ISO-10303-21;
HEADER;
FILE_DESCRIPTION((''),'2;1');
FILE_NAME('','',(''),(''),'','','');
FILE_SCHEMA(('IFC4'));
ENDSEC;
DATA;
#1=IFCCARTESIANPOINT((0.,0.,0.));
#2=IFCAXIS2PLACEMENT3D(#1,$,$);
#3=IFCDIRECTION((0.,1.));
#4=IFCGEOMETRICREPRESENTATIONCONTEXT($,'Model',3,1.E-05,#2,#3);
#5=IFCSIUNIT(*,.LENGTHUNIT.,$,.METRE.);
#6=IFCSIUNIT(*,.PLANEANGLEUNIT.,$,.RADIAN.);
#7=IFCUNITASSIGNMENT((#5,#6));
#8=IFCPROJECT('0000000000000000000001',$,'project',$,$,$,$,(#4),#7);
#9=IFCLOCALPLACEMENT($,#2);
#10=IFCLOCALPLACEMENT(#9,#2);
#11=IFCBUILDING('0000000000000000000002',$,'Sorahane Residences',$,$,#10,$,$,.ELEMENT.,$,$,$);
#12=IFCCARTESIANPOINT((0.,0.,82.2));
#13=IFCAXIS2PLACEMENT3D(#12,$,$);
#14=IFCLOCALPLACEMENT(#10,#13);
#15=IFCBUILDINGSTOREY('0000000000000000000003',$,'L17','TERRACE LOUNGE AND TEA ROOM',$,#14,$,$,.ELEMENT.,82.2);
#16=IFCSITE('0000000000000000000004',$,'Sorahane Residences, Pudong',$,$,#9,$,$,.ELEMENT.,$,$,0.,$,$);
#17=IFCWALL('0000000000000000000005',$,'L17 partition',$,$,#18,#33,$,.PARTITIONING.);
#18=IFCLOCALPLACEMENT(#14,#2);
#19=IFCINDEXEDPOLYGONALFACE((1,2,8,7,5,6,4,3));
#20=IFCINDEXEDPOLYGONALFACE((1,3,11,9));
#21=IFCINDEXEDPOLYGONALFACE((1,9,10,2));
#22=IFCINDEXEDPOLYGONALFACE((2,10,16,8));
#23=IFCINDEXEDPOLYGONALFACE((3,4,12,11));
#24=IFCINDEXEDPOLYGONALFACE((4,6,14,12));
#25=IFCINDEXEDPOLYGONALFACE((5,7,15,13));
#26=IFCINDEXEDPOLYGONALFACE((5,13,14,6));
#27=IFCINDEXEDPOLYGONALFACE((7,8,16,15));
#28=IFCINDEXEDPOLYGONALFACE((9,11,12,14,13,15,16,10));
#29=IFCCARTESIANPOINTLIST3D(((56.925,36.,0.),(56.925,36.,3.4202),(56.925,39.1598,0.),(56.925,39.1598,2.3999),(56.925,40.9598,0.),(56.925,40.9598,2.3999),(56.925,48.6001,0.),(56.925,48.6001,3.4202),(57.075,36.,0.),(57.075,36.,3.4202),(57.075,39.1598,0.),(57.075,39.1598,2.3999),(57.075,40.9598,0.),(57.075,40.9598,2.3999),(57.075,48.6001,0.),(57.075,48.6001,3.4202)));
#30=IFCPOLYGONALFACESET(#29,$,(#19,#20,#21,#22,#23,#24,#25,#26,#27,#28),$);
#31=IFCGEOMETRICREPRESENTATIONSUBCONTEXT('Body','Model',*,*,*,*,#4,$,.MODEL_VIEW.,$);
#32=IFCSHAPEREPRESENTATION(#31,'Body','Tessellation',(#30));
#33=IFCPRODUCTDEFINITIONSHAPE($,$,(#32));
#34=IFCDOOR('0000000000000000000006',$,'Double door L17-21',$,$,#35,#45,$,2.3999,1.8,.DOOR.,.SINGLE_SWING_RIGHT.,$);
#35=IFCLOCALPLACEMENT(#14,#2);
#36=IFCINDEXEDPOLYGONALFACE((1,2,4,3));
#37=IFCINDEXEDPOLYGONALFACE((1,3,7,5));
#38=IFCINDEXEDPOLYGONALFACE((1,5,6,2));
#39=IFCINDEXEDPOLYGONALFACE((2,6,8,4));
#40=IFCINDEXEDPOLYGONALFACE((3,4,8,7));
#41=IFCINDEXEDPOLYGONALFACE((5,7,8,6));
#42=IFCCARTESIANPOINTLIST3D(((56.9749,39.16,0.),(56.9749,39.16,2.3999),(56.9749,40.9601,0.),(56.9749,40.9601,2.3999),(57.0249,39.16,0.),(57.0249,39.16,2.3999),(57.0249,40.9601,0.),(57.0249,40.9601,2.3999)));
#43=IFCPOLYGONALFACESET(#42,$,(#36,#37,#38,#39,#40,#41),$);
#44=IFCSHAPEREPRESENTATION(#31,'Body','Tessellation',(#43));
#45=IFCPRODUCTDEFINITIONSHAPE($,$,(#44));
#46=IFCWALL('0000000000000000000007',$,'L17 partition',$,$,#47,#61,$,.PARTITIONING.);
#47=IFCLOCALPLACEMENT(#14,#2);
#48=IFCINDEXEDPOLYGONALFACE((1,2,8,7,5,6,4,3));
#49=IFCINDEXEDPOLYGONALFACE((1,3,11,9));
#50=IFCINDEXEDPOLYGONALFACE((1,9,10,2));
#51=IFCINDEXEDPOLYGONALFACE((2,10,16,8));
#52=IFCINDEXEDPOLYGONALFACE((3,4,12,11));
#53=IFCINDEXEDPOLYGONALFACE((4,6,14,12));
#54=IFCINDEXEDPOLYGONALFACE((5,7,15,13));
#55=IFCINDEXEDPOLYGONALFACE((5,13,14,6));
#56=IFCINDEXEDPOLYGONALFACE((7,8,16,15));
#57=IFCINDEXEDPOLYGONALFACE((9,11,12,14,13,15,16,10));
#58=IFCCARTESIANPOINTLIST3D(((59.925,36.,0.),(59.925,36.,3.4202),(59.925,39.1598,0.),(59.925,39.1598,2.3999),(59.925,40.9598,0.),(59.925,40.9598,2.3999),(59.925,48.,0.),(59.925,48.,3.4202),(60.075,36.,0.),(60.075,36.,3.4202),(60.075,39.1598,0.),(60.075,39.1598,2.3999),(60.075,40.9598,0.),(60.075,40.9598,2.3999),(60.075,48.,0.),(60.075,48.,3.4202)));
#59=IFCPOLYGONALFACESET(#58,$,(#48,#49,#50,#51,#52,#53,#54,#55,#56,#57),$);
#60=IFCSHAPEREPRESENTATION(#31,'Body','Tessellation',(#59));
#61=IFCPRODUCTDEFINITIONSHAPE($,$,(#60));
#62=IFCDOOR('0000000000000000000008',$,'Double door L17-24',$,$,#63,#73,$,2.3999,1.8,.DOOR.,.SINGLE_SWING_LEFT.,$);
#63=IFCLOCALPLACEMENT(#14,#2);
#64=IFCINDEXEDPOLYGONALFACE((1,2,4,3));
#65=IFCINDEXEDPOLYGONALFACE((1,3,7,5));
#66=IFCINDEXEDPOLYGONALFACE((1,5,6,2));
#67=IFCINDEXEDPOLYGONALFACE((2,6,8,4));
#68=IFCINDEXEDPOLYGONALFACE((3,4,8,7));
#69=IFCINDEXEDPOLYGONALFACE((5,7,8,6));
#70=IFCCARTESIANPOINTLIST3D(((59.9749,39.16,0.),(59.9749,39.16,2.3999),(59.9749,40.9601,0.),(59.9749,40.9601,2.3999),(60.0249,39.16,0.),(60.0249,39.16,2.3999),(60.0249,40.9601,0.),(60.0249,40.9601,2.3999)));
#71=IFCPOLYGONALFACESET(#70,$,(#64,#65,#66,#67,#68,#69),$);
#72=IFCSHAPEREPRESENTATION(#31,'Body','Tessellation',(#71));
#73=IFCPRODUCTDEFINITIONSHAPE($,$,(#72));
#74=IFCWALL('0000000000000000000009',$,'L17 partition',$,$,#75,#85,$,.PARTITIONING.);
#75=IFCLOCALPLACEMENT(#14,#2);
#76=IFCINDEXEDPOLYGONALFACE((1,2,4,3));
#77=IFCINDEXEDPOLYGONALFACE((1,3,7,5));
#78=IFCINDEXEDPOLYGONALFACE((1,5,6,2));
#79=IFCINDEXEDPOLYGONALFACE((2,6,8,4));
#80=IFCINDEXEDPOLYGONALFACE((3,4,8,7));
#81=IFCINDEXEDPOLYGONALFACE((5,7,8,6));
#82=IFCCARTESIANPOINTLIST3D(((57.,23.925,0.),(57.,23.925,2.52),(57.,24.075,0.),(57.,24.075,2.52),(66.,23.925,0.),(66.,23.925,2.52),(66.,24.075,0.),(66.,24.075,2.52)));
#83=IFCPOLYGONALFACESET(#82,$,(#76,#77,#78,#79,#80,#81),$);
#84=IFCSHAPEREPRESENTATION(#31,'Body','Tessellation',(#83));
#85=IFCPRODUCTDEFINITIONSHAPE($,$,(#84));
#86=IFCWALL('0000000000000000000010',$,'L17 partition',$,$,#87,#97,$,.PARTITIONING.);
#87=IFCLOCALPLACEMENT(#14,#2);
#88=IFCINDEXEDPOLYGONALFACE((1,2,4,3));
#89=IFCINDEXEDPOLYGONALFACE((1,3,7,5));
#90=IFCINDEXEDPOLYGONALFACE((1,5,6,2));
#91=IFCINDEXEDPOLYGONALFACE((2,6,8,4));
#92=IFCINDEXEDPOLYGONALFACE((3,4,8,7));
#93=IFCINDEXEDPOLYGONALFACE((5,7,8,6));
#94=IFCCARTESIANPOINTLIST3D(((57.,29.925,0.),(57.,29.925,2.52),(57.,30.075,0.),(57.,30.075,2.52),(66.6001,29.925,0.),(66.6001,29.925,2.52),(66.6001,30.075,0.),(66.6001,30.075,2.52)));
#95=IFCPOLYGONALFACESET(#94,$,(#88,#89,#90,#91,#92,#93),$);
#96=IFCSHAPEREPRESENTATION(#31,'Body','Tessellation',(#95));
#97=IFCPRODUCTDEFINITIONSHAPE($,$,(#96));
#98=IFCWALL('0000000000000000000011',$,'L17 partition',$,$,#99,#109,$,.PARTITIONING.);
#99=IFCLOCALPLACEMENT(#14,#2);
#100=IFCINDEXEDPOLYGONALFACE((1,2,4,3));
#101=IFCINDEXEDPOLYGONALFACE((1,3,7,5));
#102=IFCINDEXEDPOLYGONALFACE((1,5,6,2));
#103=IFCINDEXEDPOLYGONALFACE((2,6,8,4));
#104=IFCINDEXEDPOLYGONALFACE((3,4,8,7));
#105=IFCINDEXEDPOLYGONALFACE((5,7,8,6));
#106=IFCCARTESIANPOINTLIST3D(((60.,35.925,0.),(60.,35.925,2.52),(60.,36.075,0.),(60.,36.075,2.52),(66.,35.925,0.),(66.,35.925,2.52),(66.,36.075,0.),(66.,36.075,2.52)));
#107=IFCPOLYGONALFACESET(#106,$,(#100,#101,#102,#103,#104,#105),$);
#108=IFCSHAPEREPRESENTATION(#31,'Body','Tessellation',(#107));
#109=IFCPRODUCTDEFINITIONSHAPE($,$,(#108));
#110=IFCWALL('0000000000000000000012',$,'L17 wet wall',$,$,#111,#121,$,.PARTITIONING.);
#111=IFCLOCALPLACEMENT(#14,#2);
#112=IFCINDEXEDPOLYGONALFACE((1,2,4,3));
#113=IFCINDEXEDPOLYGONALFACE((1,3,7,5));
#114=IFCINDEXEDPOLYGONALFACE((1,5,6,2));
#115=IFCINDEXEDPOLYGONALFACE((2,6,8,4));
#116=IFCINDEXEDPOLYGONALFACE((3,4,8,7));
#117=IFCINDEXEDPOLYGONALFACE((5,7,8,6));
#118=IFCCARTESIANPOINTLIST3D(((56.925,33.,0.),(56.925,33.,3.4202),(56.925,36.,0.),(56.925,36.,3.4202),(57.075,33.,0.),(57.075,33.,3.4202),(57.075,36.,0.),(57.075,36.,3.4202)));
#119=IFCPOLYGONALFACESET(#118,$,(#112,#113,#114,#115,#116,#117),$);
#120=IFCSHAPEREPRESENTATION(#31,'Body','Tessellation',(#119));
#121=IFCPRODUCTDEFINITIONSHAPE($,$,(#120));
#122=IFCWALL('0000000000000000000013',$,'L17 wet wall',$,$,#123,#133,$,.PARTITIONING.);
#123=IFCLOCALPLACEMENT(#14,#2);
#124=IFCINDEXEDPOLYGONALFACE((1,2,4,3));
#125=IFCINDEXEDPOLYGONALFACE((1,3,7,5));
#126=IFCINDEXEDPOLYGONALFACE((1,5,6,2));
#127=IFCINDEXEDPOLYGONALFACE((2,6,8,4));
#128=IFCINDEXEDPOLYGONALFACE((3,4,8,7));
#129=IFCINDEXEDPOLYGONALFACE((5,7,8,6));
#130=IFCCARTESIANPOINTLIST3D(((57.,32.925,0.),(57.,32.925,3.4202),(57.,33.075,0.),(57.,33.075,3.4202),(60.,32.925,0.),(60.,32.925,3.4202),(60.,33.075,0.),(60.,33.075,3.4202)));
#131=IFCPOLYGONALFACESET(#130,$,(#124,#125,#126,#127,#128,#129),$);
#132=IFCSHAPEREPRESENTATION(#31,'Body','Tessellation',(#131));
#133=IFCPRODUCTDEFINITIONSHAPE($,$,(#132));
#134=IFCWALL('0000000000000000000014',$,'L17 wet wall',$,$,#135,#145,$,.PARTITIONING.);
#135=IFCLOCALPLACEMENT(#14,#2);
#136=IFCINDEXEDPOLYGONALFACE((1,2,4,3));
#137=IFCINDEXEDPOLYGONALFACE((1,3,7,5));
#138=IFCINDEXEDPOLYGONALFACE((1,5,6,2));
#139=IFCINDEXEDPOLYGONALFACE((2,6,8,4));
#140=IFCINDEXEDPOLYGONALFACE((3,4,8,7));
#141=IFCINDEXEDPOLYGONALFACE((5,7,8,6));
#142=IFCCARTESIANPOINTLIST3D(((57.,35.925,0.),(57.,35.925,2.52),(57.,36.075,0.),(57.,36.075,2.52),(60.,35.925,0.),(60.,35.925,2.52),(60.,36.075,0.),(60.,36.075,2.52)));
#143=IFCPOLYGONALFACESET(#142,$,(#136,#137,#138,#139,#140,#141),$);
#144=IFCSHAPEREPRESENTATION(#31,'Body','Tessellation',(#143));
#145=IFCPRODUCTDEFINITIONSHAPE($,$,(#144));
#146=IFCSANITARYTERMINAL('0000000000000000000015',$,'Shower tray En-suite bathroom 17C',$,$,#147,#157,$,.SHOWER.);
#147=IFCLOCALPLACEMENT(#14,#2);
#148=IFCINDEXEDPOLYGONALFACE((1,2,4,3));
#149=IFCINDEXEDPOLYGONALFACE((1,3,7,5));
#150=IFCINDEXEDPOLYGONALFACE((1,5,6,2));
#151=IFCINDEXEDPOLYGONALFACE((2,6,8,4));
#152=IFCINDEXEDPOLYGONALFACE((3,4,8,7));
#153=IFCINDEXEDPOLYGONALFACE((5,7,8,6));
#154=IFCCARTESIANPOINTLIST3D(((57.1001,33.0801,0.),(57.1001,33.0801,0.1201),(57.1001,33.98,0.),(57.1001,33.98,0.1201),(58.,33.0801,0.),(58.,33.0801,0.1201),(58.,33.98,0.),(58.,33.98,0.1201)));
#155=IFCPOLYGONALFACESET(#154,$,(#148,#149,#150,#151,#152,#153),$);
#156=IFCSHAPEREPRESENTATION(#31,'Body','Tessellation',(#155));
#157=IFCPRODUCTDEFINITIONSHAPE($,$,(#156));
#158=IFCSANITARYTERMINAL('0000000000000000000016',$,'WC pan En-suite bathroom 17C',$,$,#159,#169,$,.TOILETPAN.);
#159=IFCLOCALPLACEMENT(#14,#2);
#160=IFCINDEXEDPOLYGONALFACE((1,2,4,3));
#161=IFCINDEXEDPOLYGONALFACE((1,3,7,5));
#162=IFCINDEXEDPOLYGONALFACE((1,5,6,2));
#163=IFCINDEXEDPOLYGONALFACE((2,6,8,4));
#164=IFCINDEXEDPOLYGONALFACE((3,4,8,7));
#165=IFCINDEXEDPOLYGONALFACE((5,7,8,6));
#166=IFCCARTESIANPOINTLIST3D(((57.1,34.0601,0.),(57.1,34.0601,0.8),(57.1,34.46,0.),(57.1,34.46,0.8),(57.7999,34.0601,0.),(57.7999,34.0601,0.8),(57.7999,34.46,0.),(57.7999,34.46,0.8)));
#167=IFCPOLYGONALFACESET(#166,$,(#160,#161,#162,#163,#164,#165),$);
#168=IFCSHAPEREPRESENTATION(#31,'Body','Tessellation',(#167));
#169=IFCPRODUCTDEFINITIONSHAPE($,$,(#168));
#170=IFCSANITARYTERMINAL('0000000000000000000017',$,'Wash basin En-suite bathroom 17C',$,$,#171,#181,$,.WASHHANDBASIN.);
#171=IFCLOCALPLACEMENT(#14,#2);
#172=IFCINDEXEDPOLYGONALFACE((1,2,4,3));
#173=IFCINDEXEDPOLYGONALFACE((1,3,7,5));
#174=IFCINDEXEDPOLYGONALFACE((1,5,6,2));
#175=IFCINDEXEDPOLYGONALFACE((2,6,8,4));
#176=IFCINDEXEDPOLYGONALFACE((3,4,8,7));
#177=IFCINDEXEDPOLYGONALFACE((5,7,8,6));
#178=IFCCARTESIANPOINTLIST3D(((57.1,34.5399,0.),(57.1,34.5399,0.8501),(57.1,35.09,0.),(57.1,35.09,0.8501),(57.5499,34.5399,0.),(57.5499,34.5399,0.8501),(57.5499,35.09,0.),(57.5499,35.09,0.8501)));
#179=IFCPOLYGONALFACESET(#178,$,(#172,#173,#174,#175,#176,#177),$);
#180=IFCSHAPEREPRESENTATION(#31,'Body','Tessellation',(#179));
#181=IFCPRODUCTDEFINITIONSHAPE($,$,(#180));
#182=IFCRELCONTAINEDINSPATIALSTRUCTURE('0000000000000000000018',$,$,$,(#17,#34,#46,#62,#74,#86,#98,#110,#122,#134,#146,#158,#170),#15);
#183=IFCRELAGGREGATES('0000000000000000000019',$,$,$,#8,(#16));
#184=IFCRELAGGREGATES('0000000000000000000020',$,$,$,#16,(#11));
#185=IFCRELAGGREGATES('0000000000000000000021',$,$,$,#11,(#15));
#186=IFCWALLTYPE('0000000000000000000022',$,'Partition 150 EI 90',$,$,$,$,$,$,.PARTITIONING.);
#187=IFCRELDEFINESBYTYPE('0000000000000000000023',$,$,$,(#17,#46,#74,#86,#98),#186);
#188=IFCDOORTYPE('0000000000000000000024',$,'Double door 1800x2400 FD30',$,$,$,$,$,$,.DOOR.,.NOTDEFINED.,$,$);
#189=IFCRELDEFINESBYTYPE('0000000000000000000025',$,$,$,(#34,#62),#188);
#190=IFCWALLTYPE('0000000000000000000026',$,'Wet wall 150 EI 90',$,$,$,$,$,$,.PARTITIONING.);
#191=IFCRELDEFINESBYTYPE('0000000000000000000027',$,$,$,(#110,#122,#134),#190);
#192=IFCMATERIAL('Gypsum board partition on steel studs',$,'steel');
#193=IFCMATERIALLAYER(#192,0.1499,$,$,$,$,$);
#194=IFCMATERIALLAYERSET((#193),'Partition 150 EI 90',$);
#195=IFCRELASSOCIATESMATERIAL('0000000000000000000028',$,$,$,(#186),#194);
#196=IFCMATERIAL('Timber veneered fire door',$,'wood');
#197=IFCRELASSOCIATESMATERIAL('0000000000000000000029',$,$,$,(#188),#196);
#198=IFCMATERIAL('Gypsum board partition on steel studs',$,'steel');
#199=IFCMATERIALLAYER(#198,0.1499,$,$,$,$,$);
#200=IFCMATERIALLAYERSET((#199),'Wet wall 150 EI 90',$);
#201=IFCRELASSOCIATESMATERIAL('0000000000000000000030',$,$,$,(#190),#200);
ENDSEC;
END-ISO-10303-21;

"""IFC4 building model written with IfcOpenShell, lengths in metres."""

from ifc_helpers import new_model, si_unit, direction, frame, frame_2d, origin, origin_2d, place, context, subcontext, project, spatial, rectangle, extrude, material, layer, layer_set, type_object, element, fill, save


model = new_model("IFC4")

# Units and contexts
model_context = context("Model", 3, precision=1e-05, world=origin(), true_north=direction((0.0, 1.0)))
body_context = subcontext(model_context, "Body", "Model", "MODEL_VIEW")
ifc_project = project(units=[si_unit("LENGTHUNIT", "METRE"), si_unit("PLANEANGLEUNIT", "RADIAN")], contexts=[model_context])

# Site, building, storey
site_placement = place(None, origin())
site = spatial("IfcSite", under=ifc_project, at=site_placement, Name="Sorahane Residences, Pudong", CompositionType="ELEMENT", RefElevation=0.0)
building_placement = place(site_placement, origin())
building = spatial("IfcBuilding", under=site, at=building_placement, Name="Sorahane Residences", CompositionType="ELEMENT")
storey_placement = place(building_placement, frame((0.0, 0.0, 82.2)))
storey = spatial("IfcBuildingStorey", under=building, at=storey_placement, Name="L17", Description="TERRACE LOUNGE AND TEA ROOM", CompositionType="ELEMENT", Elevation=82.2)

# Walls, openings, doors
ifc_material_1 = material(Name="Gypsum board partition on steel studs", Category="steel")
ifc_layer_1 = layer(ifc_material_1, 0.1499)
ifc_layer_set_1 = layer_set([ifc_layer_1], Name="Partition 150 EI 90")
wall_type_1 = type_object("IfcWallType", Name="Partition 150 EI 90", PredefinedType="PARTITIONING", material=ifc_layer_set_1)
wall_1_placement = place(storey_placement, frame((57.0, 36.0, 0.0), z_axis=(0.0, 0.0, 1.0), x_axis=(0.0, 1.0, 0.0)))
wall_1 = element("IfcWall", 1, at=wall_1_placement, inside=storey, type_object=wall_type_1, Name="L17 partition", PredefinedType="PARTITIONING", context=body_context, shape_type="SweptSolid", body=[
    extrude(rectangle(XDim=12.6001, YDim=0.1499, at=frame_2d((6.3, 0.0))), origin(), (0.0, 0.0, 1.0), 3.4202),
])
opening_1_placement = place(wall_1_placement, frame((3.1599, 0.0, 0.0)))
opening_1 = element("IfcOpeningElement", 2, at=opening_1_placement, cuts=wall_1, PredefinedType="OPENING", context=body_context, shape_type="SweptSolid", body=[
    extrude(rectangle(XDim=1.8, YDim=2.3999, at=frame_2d((0.8999, 1.2))), frame((0.0, 0.085, 0.0), z_axis=(0.0, -1.0, 0.0), x_axis=(1.0, 0.0, 0.0)), (0.0, 0.0, 1.0), 0.1699),
])
ifc_material_2 = material(Name="Timber veneered fire door", Category="wood")
door_type_1 = type_object("IfcDoorType", Name="Double door 1800x2400 FD30", OperationType="NOTDEFINED", PredefinedType="DOOR", material=ifc_material_2)
door_1_placement = place(opening_1_placement, frame((1.8, 0.0, 0.0), z_axis=(0.0, 0.0, 1.0), x_axis=(-1.0, 0.0, 0.0)))
door_1 = element("IfcDoor", 3, at=door_1_placement, inside=storey, type_object=door_type_1, Name="Double door L17-21", OperationType="SINGLE_SWING_RIGHT", OverallHeight=2.3999, OverallWidth=1.8, PredefinedType="DOOR", context=body_context, shape_type="SweptSolid", body=[
    extrude(rectangle(XDim=1.8, YDim=2.3999, at=frame_2d((0.8999, 1.2))), frame((0.0, 0.0249, 0.0), z_axis=(0.0, -1.0, 0.0), x_axis=(1.0, 0.0, 0.0)), (0.0, 0.0, 1.0), 0.05),
])
fill(opening_1, door_1)
wall_2_placement = place(storey_placement, frame((60.0, 36.0, 0.0), z_axis=(0.0, 0.0, 1.0), x_axis=(0.0, 1.0, 0.0)))
wall_2 = element("IfcWall", 4, at=wall_2_placement, inside=storey, type_object=wall_type_1, Name="L17 partition", PredefinedType="PARTITIONING", context=body_context, shape_type="SweptSolid", body=[
    extrude(rectangle(XDim=12.0, YDim=0.1499, at=frame_2d((6.0, 0.0))), origin(), (0.0, 0.0, 1.0), 3.4202),
])
opening_2_placement = place(wall_2_placement, frame((3.1599, 0.0, 0.0)))
opening_2 = element("IfcOpeningElement", 5, at=opening_2_placement, cuts=wall_2, PredefinedType="OPENING", context=body_context, shape_type="SweptSolid", body=[
    extrude(rectangle(XDim=1.8, YDim=2.3999, at=frame_2d((0.8999, 1.2))), frame((0.0, 0.085, 0.0), z_axis=(0.0, -1.0, 0.0), x_axis=(1.0, 0.0, 0.0)), (0.0, 0.0, 1.0), 0.1699),
])
door_2_placement = place(opening_2_placement, frame((1.8, 0.0, 0.0), z_axis=(0.0, 0.0, 1.0), x_axis=(-1.0, 0.0, 0.0)))
door_2 = element("IfcDoor", 6, at=door_2_placement, inside=storey, type_object=door_type_1, Name="Double door L17-24", OperationType="SINGLE_SWING_LEFT", OverallHeight=2.3999, OverallWidth=1.8, PredefinedType="DOOR", context=body_context, shape_type="SweptSolid", body=[
    extrude(rectangle(XDim=1.8, YDim=2.3999, at=frame_2d((0.8999, 1.2))), frame((0.0, 0.0249, 0.0), z_axis=(0.0, -1.0, 0.0), x_axis=(1.0, 0.0, 0.0)), (0.0, 0.0, 1.0), 0.05),
])
fill(opening_2, door_2)

# Walls
wall_3_placement = place(storey_placement, frame((57.0, 24.0, 0.0), z_axis=(0.0, 0.0, 1.0), x_axis=(1.0, 0.0, 0.0)))
element("IfcWall", 7, at=wall_3_placement, inside=storey, type_object=wall_type_1, Name="L17 partition", PredefinedType="PARTITIONING", context=body_context, shape_type="SweptSolid", body=[
    extrude(rectangle(XDim=9.0, YDim=0.1499, at=frame_2d((4.5, 0.0))), origin(), (0.0, 0.0, 1.0), 2.52),
])
wall_4_placement = place(storey_placement, frame((57.0, 30.0, 0.0), z_axis=(0.0, 0.0, 1.0), x_axis=(1.0, 0.0, 0.0)))
element("IfcWall", 8, at=wall_4_placement, inside=storey, type_object=wall_type_1, Name="L17 partition", PredefinedType="PARTITIONING", context=body_context, shape_type="SweptSolid", body=[
    extrude(rectangle(XDim=9.6001, YDim=0.1499, at=frame_2d((4.8, 0.0))), origin(), (0.0, 0.0, 1.0), 2.52),
])
wall_5_placement = place(storey_placement, frame((60.0, 36.0, 0.0), z_axis=(0.0, 0.0, 1.0), x_axis=(1.0, 0.0, 0.0)))
element("IfcWall", 9, at=wall_5_placement, inside=storey, type_object=wall_type_1, Name="L17 partition", PredefinedType="PARTITIONING", context=body_context, shape_type="SweptSolid", body=[
    extrude(rectangle(XDim=6.0, YDim=0.1499, at=frame_2d((3.0, 0.0))), origin(), (0.0, 0.0, 1.0), 2.52),
])
ifc_material_3 = material(Name="Gypsum board partition on steel studs", Category="steel")
ifc_layer_2 = layer(ifc_material_3, 0.1499)
ifc_layer_set_2 = layer_set([ifc_layer_2], Name="Wet wall 150 EI 90")
wall_type_2 = type_object("IfcWallType", Name="Wet wall 150 EI 90", PredefinedType="PARTITIONING", material=ifc_layer_set_2)
wall_6_placement = place(storey_placement, frame((57.0, 33.0, 0.0), z_axis=(0.0, 0.0, 1.0), x_axis=(0.0, 1.0, 0.0)))
element("IfcWall", 10, at=wall_6_placement, inside=storey, type_object=wall_type_2, Name="L17 wet wall", PredefinedType="PARTITIONING", context=body_context, shape_type="SweptSolid", body=[
    extrude(rectangle(XDim=3.0, YDim=0.1499, at=frame_2d((1.5, 0.0))), origin(), (0.0, 0.0, 1.0), 3.4202),
])

# Walls
wall_7_placement = place(storey_placement, frame((57.0, 33.0, 0.0), z_axis=(0.0, 0.0, 1.0), x_axis=(1.0, 0.0, 0.0)))
element("IfcWall", 11, at=wall_7_placement, inside=storey, type_object=wall_type_2, Name="L17 wet wall", PredefinedType="PARTITIONING", context=body_context, shape_type="SweptSolid", body=[
    extrude(rectangle(XDim=3.0, YDim=0.1499, at=frame_2d((1.5, 0.0))), origin(), (0.0, 0.0, 1.0), 3.4202),
])
wall_8_placement = place(storey_placement, frame((57.0, 36.0, 0.0), z_axis=(0.0, 0.0, 1.0), x_axis=(1.0, 0.0, 0.0)))
element("IfcWall", 12, at=wall_8_placement, inside=storey, type_object=wall_type_2, Name="L17 wet wall", PredefinedType="PARTITIONING", context=body_context, shape_type="SweptSolid", body=[
    extrude(rectangle(XDim=3.0, YDim=0.1499, at=frame_2d((1.5, 0.0))), origin(), (0.0, 0.0, 1.0), 2.52),
])

# Sanitary terminals
sanitary_terminal_1_placement = place(storey_placement, frame((57.55, 33.53, 0.0), z_axis=(0.0, 0.0, 1.0), x_axis=(0.0, 1.0, 0.0)))
element("IfcSanitaryTerminal", 13, at=sanitary_terminal_1_placement, inside=storey, Name="Shower tray En-suite bathroom 17C", PredefinedType="SHOWER", context=body_context, shape_type="SweptSolid", body=[
    extrude(rectangle(XDim=0.8999, YDim=0.8999, at=origin_2d()), origin(), (0.0, 0.0, 1.0), 0.1201),
])
sanitary_terminal_2_placement = place(storey_placement, frame((57.45, 34.26, 0.0), z_axis=(0.0, 0.0, 1.0), x_axis=(0.0, 1.0, 0.0)))
element("IfcSanitaryTerminal", 14, at=sanitary_terminal_2_placement, inside=storey, Name="WC pan En-suite bathroom 17C", PredefinedType="TOILETPAN", context=body_context, shape_type="SweptSolid", body=[
    extrude(rectangle(XDim=0.3999, YDim=0.7, at=origin_2d()), origin(), (0.0, 0.0, 1.0), 0.8),
])
sanitary_terminal_3_placement = place(storey_placement, frame((57.325, 34.8149, 0.0), z_axis=(0.0, 0.0, 1.0), x_axis=(0.0, 1.0, 0.0)))
element("IfcSanitaryTerminal", 15, at=sanitary_terminal_3_placement, inside=storey, Name="Wash basin En-suite bathroom 17C", PredefinedType="WASHHANDBASIN", context=body_context, shape_type="SweptSolid", body=[
    extrude(rectangle(XDim=0.55, YDim=0.45, at=origin_2d()), origin(), (0.0, 0.0, 1.0), 0.8501),
])

save(model, "model.ifc")
